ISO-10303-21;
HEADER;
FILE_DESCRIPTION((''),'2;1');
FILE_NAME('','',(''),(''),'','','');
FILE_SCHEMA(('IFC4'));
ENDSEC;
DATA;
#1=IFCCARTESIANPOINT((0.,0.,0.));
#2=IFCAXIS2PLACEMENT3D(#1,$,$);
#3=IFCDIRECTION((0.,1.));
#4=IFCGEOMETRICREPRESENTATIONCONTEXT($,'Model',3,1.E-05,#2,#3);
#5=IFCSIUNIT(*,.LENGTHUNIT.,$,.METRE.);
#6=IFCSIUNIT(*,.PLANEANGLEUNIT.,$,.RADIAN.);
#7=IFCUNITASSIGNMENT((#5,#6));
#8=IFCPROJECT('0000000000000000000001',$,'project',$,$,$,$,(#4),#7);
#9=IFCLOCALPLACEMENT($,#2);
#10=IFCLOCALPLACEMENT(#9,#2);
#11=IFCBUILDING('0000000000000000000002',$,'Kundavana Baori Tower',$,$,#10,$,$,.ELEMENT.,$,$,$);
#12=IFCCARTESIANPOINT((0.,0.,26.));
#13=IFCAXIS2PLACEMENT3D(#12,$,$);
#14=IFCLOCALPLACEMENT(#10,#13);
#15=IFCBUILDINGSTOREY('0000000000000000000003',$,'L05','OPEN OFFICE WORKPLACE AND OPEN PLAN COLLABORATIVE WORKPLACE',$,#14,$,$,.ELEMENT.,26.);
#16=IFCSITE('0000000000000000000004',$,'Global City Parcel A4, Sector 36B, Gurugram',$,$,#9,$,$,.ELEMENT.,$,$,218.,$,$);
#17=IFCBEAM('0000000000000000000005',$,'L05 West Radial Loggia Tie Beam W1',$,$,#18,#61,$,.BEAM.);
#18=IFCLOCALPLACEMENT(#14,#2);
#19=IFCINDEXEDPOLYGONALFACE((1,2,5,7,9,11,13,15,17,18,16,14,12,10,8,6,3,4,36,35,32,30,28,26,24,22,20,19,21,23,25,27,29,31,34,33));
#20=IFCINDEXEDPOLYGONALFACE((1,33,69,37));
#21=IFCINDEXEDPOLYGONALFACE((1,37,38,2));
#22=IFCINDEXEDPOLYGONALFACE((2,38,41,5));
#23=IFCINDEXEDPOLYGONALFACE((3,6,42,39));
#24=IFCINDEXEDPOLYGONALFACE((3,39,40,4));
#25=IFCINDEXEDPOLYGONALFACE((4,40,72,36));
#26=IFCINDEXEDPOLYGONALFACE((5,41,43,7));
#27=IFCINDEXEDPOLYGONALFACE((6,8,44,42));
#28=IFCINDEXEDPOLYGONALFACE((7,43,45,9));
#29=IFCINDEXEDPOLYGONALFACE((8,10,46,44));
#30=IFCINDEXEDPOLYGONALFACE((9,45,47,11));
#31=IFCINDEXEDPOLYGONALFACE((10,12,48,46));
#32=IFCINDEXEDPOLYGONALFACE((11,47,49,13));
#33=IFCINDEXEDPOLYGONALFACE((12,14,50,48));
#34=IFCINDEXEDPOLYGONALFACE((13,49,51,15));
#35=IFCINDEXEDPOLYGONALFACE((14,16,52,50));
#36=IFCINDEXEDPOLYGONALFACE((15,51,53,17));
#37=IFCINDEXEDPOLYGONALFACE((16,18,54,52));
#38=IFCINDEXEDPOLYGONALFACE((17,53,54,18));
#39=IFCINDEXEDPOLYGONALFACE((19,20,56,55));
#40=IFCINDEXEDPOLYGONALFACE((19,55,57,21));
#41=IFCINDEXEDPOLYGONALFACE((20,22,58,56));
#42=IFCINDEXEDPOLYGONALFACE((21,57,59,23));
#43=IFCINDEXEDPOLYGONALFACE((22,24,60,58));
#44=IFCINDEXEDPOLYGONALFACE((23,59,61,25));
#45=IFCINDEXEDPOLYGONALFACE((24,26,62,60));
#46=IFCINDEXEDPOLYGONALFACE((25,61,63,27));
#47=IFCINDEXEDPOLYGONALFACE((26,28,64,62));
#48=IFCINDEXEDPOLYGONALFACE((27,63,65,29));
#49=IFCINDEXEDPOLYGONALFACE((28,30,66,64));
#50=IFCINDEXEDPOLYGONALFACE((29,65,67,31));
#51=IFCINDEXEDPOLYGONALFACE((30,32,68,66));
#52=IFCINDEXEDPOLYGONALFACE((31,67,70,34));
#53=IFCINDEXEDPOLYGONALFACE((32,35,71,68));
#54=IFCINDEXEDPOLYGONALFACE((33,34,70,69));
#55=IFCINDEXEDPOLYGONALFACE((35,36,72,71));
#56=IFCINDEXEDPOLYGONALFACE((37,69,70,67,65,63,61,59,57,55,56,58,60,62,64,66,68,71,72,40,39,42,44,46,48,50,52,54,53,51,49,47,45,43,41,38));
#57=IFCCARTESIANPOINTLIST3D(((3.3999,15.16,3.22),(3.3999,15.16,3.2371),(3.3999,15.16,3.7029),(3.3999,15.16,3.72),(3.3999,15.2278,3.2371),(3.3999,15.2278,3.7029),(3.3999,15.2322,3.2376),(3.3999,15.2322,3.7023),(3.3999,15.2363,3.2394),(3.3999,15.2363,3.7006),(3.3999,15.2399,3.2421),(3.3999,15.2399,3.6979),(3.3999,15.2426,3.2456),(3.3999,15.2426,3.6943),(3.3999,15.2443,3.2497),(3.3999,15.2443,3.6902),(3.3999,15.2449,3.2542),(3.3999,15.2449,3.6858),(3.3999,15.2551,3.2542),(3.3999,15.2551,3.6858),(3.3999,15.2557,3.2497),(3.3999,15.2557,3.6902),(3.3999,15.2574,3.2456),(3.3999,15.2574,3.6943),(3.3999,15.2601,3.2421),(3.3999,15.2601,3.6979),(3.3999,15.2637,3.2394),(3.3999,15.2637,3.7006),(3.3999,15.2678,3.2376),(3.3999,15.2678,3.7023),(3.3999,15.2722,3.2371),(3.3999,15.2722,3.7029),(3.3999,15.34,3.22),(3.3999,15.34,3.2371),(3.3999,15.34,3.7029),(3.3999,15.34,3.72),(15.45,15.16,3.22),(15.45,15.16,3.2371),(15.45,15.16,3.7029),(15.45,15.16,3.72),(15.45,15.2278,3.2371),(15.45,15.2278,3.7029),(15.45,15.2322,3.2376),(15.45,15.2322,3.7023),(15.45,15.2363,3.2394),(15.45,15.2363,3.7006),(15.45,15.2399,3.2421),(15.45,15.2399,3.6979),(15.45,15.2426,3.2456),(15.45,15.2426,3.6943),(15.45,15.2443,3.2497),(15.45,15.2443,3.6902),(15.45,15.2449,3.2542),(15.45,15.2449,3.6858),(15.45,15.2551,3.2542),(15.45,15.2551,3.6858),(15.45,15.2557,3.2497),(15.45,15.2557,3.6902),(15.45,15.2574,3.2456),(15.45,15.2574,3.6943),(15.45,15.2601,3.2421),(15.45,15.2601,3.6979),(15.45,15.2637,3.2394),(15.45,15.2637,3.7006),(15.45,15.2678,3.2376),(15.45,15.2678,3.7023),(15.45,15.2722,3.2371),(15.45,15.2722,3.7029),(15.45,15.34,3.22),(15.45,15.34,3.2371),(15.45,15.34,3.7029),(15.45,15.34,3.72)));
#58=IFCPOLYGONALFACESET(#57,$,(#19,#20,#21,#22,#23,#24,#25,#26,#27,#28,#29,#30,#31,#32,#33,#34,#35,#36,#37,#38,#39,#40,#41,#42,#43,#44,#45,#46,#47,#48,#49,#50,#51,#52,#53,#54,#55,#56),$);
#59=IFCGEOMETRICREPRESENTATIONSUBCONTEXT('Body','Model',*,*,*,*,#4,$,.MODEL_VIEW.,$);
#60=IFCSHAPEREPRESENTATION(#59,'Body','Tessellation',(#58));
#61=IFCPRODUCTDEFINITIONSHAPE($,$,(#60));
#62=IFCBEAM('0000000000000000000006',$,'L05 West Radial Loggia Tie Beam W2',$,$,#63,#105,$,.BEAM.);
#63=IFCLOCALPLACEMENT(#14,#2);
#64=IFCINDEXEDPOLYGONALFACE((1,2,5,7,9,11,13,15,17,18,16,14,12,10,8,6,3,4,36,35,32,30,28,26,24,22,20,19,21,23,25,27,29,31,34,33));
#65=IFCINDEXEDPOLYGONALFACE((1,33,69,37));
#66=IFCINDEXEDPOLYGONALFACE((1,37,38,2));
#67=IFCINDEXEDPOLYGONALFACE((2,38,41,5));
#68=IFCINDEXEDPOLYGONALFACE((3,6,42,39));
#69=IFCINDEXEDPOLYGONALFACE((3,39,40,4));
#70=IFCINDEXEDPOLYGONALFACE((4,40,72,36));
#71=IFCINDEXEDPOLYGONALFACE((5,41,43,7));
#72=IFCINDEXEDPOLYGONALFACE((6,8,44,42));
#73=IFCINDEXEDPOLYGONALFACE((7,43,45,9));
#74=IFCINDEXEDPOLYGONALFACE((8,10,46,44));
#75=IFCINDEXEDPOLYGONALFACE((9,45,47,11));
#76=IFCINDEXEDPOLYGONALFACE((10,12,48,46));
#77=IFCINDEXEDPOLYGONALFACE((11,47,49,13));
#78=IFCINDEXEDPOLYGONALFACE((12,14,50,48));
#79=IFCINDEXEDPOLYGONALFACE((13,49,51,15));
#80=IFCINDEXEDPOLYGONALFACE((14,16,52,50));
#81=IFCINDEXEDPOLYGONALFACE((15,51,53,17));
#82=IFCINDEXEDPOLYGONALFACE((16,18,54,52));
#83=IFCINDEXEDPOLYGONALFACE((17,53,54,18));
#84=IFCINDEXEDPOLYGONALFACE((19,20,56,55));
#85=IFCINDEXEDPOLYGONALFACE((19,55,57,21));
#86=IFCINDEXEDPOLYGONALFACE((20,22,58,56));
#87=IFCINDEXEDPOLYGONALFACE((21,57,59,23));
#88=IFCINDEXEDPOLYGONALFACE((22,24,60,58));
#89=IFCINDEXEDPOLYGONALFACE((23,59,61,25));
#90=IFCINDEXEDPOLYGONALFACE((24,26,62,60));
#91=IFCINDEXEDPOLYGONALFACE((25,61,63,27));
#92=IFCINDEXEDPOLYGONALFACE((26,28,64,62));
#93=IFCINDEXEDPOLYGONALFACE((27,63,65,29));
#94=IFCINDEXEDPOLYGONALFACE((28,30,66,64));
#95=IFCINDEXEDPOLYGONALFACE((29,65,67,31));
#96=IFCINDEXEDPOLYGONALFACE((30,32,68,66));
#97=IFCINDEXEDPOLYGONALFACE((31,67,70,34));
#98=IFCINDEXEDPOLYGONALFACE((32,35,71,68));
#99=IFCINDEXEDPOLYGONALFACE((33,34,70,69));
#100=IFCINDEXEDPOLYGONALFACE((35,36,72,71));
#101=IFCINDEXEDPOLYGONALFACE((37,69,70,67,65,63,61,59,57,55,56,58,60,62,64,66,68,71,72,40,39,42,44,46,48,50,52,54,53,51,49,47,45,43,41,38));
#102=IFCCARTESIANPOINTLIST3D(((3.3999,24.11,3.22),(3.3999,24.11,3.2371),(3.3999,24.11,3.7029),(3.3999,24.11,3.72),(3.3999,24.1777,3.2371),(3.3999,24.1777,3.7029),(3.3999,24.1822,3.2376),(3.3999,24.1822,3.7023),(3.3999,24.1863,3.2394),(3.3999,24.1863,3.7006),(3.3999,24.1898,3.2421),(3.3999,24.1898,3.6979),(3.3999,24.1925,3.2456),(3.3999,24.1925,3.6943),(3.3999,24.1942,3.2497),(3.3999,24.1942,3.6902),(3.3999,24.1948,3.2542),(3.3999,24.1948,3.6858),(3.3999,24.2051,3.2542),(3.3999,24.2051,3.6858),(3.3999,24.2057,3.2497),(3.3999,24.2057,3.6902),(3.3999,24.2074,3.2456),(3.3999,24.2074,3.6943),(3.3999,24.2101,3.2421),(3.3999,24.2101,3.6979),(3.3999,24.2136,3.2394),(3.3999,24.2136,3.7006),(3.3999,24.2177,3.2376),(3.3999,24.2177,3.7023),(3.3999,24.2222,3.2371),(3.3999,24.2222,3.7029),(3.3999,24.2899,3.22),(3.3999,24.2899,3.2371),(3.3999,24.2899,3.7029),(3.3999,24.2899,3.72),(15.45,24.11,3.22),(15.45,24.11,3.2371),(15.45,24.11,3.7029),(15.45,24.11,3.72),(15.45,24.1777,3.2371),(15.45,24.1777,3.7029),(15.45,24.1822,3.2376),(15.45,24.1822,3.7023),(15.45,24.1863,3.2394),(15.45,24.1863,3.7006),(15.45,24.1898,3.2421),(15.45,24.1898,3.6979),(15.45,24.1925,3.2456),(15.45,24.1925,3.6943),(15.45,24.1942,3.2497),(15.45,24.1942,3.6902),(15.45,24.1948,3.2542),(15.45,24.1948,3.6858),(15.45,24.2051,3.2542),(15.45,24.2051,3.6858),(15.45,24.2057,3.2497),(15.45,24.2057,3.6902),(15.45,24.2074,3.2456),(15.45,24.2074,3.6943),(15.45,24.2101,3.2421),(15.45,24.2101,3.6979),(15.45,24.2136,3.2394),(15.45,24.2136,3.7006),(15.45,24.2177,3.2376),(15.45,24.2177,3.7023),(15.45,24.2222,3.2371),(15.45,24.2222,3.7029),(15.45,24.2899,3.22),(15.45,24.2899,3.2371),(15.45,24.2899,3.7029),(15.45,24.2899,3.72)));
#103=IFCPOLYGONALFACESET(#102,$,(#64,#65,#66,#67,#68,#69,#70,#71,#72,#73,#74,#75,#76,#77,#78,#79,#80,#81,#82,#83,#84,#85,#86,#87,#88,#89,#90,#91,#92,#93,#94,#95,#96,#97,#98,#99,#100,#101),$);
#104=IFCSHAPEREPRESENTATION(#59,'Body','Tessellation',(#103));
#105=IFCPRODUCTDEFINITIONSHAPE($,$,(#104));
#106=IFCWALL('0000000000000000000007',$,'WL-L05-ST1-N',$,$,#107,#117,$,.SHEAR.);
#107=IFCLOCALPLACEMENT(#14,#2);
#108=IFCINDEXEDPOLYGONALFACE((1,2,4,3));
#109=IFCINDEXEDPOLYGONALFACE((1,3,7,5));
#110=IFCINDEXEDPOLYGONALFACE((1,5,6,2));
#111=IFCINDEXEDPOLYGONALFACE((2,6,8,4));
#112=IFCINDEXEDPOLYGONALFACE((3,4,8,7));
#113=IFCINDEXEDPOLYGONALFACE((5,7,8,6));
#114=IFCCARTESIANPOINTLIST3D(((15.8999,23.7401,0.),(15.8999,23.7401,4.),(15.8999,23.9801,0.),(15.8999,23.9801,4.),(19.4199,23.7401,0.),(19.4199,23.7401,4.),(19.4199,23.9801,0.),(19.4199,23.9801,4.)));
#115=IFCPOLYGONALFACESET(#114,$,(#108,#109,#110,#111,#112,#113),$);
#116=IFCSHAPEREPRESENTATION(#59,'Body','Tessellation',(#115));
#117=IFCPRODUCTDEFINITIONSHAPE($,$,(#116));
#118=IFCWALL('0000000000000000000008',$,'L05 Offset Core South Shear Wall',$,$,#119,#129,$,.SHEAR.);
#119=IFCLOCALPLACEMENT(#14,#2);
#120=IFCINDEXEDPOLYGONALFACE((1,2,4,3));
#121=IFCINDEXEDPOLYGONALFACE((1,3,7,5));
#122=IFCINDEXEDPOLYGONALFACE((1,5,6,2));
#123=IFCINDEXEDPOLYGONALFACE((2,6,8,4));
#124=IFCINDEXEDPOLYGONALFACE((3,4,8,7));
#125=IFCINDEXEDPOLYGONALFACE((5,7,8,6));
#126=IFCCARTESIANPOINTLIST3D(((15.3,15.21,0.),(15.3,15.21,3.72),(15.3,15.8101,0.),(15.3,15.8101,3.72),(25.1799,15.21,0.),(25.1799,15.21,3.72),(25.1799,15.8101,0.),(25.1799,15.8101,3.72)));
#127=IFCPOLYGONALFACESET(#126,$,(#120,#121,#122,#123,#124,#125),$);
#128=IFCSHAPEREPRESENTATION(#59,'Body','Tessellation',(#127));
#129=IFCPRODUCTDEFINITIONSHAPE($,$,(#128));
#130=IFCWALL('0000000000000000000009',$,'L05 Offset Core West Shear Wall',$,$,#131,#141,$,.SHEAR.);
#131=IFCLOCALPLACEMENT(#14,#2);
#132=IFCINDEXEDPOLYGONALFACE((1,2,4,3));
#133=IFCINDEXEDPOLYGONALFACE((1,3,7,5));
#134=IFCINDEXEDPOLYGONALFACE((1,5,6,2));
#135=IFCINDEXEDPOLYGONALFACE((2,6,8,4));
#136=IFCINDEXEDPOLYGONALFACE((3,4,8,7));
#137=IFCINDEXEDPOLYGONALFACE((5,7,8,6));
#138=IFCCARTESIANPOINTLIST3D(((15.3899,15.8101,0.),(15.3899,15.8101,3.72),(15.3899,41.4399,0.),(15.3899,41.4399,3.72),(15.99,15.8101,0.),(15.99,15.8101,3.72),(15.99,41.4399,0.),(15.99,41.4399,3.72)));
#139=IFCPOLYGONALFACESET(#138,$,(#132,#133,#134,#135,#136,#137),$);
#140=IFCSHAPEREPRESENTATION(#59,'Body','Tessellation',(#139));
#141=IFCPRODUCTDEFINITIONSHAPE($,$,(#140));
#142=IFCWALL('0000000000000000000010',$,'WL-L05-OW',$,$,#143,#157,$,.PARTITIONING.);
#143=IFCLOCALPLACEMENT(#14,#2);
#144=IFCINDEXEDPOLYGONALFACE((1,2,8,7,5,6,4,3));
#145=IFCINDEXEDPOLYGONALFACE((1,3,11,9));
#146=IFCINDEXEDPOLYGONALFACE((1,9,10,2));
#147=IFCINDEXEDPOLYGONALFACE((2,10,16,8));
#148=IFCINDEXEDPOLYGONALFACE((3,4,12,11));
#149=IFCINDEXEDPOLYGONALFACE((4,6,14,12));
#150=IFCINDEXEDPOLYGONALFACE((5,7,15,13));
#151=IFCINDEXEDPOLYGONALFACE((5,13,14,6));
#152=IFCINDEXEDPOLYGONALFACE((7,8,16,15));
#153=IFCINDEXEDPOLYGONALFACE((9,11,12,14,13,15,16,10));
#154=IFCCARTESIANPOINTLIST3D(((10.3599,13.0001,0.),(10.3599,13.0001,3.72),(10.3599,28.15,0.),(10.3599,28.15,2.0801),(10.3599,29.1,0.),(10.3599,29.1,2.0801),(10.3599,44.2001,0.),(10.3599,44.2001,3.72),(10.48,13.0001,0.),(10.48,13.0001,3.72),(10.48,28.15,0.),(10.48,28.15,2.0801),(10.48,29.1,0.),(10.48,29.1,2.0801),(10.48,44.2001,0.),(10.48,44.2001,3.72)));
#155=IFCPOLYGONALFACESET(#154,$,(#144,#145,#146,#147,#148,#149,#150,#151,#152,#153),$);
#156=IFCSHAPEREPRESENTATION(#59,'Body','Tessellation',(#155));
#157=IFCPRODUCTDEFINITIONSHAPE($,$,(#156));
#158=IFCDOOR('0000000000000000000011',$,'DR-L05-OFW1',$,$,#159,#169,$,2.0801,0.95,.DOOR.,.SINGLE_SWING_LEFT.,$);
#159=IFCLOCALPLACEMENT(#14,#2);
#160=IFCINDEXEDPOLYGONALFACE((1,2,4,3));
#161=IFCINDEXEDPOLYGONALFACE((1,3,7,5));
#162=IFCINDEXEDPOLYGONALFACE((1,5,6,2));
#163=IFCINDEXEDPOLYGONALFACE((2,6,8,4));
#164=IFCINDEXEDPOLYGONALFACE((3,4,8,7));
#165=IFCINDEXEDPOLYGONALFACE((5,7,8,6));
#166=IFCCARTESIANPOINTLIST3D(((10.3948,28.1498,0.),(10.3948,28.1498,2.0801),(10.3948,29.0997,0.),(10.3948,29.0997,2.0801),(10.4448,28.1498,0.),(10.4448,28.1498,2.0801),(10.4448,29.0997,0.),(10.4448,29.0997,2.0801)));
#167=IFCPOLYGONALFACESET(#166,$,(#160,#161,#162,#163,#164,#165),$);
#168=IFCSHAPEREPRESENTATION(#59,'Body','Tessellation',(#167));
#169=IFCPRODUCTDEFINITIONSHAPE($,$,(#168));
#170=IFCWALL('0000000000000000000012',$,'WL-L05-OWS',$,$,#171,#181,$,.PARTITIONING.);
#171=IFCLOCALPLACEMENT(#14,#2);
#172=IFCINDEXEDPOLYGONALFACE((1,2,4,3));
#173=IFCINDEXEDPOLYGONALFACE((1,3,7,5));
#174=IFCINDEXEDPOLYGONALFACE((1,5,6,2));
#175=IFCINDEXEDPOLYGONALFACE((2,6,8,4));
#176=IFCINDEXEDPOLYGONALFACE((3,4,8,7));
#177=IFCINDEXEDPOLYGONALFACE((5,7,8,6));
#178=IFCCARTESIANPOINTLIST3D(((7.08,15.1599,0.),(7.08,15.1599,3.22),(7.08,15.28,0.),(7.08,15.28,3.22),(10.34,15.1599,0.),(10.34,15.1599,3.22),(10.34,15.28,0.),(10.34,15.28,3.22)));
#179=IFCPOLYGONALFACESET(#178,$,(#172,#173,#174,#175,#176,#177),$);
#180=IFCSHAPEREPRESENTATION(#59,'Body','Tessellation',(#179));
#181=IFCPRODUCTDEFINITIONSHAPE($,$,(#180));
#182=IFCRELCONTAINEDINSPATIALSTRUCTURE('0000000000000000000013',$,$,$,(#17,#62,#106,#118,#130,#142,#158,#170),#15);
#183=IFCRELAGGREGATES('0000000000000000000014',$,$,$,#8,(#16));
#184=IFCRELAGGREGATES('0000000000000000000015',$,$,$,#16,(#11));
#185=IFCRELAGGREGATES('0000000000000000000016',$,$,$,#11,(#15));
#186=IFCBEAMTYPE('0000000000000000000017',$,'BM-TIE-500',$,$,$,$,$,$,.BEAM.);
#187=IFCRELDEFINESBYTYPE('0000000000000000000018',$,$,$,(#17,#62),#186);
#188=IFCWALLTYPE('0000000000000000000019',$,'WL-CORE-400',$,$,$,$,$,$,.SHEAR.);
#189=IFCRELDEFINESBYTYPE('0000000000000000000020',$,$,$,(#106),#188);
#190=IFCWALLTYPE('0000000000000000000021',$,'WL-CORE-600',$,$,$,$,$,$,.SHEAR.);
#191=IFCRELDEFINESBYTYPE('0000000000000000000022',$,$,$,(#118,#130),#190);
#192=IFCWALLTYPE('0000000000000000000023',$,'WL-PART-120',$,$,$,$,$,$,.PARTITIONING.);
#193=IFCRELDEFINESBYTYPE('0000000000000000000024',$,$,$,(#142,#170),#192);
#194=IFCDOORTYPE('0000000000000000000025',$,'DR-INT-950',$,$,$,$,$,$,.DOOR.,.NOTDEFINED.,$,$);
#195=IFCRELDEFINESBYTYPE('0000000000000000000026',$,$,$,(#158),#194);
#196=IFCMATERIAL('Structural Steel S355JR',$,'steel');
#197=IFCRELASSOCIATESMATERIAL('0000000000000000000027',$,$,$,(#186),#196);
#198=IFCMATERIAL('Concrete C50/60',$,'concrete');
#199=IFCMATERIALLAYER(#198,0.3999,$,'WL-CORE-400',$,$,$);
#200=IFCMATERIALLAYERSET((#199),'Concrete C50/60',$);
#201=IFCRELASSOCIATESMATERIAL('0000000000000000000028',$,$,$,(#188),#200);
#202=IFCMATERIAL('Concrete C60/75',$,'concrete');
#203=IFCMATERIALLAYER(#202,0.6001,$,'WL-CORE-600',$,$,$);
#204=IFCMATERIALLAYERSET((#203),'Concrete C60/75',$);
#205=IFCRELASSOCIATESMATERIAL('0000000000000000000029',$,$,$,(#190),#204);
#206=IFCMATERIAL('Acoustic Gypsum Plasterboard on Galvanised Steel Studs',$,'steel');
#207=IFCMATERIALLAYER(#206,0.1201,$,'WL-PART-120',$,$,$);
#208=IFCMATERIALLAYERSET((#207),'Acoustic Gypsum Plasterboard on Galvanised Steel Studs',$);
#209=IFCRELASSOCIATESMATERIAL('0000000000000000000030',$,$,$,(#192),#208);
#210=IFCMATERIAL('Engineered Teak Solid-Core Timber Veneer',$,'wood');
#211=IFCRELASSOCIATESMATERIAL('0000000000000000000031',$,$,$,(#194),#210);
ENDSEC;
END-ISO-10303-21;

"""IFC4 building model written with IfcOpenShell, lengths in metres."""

from ifc_helpers import new_model, si_unit, direction, frame, frame_2d, origin, origin_2d, place, context, subcontext, project, spatial, rectangle, i_section, extrude, material, layer, layer_set, material_profile, profile_set, type_object, element, fill, save


model = new_model("IFC4")

# Units and contexts
model_context = context("Model", 3, precision=1e-05, world=origin(), true_north=direction((0.0, 1.0)))
body_context = subcontext(model_context, "Body", "Model", "MODEL_VIEW")
ifc_project = project(units=[si_unit("LENGTHUNIT", "METRE"), si_unit("PLANEANGLEUNIT", "RADIAN")], contexts=[model_context])

# Site, building, storey
site_placement = place(None, origin())
site = spatial("IfcSite", under=ifc_project, at=site_placement, Name="Global City Parcel A4, Sector 36B, Gurugram", CompositionType="ELEMENT", RefElevation=218.0)
building_placement = place(site_placement, origin())
building = spatial("IfcBuilding", under=site, at=building_placement, Name="Kundavana Baori Tower", CompositionType="ELEMENT")
storey_placement = place(building_placement, frame((0.0, 0.0, 26.0)))
storey = spatial("IfcBuildingStorey", under=building, at=storey_placement, Name="L05", Description="OPEN OFFICE WORKPLACE AND OPEN PLAN COLLABORATIVE WORKPLACE", CompositionType="ELEMENT", Elevation=26.0)

# Beams
ifc_material_1 = material(Name="Structural Steel S355JR", Category="steel")
ifc_material_profile_1 = material_profile(ifc_material_1, i_section(OverallWidth=0.1799, OverallDepth=0.5, WebThickness=0.0103, FlangeThickness=0.0171, FilletRadius=0.0171, at=origin_2d()), Name="ISMB 500")
ifc_profile_set_1 = profile_set([ifc_material_profile_1], Name="Structural Steel S355JR")
beam_type_1 = type_object("IfcBeamType", Name="BM-TIE-500", PredefinedType="BEAM", material=ifc_profile_set_1)
for number, where, z_axis, x_axis, name in (
    (1, (15.45, 15.25, 3.47), (-1.0, 0.0, 0.0), (0.0, -1.0, 0.0), "L05 West Radial Loggia Tie Beam W1"),
    (2, (15.45, 24.2, 3.47), (-1.0, 0.0, 0.0), (0.0, -1.0, 0.0), "L05 West Radial Loggia Tie Beam W2"),
):
    element("IfcBeam", number, at=place(storey_placement, frame(where, z_axis=z_axis, x_axis=x_axis)), inside=storey, type_object=beam_type_1, Name=name, PredefinedType="BEAM", context=body_context, shape_type="SweptSolid", body=[
        extrude(i_section(OverallWidth=0.1799, OverallDepth=0.5, WebThickness=0.0103, FlangeThickness=0.0171, FilletRadius=0.0171, at=origin_2d()), origin(), (0.0, 0.0, 1.0), 12.05),
    ])

# Walls
ifc_material_2 = material(Name="Concrete C50/60", Category="concrete")
ifc_layer_1 = layer(ifc_material_2, 0.3999, Name="WL-CORE-400")
ifc_layer_set_1 = layer_set([ifc_layer_1], Name="Concrete C50/60")
wall_type_1 = type_object("IfcWallType", Name="WL-CORE-400", PredefinedType="SHEAR", material=ifc_layer_set_1)
wall_1_placement = place(storey_placement, frame((15.8999, 23.8601, 0.0), z_axis=(0.0, 0.0, 1.0), x_axis=(1.0, 0.0, 0.0)))
element("IfcWall", 3, at=wall_1_placement, inside=storey, type_object=wall_type_1, Name="WL-L05-ST1-N", PredefinedType="SHEAR", context=body_context, shape_type="SweptSolid", body=[
    extrude(rectangle(XDim=3.52, YDim=0.24, at=frame_2d((1.76, 0.0))), origin(), (0.0, 0.0, 1.0), 4.0),
])
ifc_material_3 = material(Name="Concrete C60/75", Category="concrete")
ifc_layer_2 = layer(ifc_material_3, 0.6001, Name="WL-CORE-600")
ifc_layer_set_2 = layer_set([ifc_layer_2], Name="Concrete C60/75")
wall_type_2 = type_object("IfcWallType", Name="WL-CORE-600", PredefinedType="SHEAR", material=ifc_layer_set_2)
wall_2_placement = place(storey_placement, frame((15.3, 15.51, 0.0), z_axis=(0.0, 0.0, 1.0), x_axis=(1.0, 0.0, 0.0)))
element("IfcWall", 4, at=wall_2_placement, inside=storey, type_object=wall_type_2, Name="L05 Offset Core South Shear Wall", PredefinedType="SHEAR", context=body_context, shape_type="SweptSolid", body=[
    extrude(rectangle(XDim=9.8799, YDim=0.6001, at=frame_2d((4.9399, 0.0))), origin(), (0.0, 0.0, 1.0), 3.72),
])
wall_3_placement = place(storey_placement, frame((15.6899, 15.8101, 0.0), z_axis=(0.0, 0.0, 1.0), x_axis=(0.0, 1.0, 0.0)))
element("IfcWall", 5, at=wall_3_placement, inside=storey, type_object=wall_type_2, Name="L05 Offset Core West Shear Wall", PredefinedType="SHEAR", context=body_context, shape_type="SweptSolid", body=[
    extrude(rectangle(XDim=25.6299, YDim=0.6001, at=frame_2d((12.8149, 0.0))), origin(), (0.0, 0.0, 1.0), 3.72),
])

# Wall, opening, door
ifc_material_4 = material(Name="Acoustic Gypsum Plasterboard on Galvanised Steel Studs", Category="steel")
ifc_layer_3 = layer(ifc_material_4, 0.1201, Name="WL-PART-120")
ifc_layer_set_3 = layer_set([ifc_layer_3], Name="Acoustic Gypsum Plasterboard on Galvanised Steel Studs")
wall_type_3 = type_object("IfcWallType", Name="WL-PART-120", PredefinedType="PARTITIONING", material=ifc_layer_set_3)
wall_4_placement = place(storey_placement, frame((10.4199, 13.0, 0.0), z_axis=(0.0, 0.0, 1.0), x_axis=(0.0, 1.0, 0.0)))
wall_4 = element("IfcWall", 6, at=wall_4_placement, inside=storey, type_object=wall_type_3, Name="WL-L05-OW", PredefinedType="PARTITIONING", context=body_context, shape_type="SweptSolid", body=[
    extrude(rectangle(XDim=31.2, YDim=0.1201, at=frame_2d((15.6001, 0.0))), origin(), (0.0, 0.0, 1.0), 3.72),
])
opening_1_placement = place(wall_4_placement, frame((15.1499, 0.0, 0.0)))
opening_1 = element("IfcOpeningElement", 7, at=opening_1_placement, cuts=wall_4, PredefinedType="OPENING", context=body_context, shape_type="SweptSolid", body=[
    extrude(rectangle(XDim=0.95, YDim=2.0801, at=frame_2d((0.4751, 1.04))), frame((0.0, 0.0701, 0.0), z_axis=(0.0, -1.0, 0.0), x_axis=(1.0, 0.0, 0.0)), (0.0, 0.0, 1.0), 0.1401),
])
ifc_material_5 = material(Name="Engineered Teak Solid-Core Timber Veneer", Category="wood")
door_type_1 = type_object("IfcDoorType", Name="DR-INT-950", OperationType="NOTDEFINED", PredefinedType="DOOR", material=ifc_material_5)
door_1_placement = place(opening_1_placement, frame((0.95, 0.0, 0.0), z_axis=(0.0, 0.0, 1.0), x_axis=(-1.0, 0.0, 0.0)))
door_1 = element("IfcDoor", 8, at=door_1_placement, inside=storey, type_object=door_type_1, Name="DR-L05-OFW1", OperationType="SINGLE_SWING_LEFT", OverallHeight=2.0801, OverallWidth=0.95, PredefinedType="DOOR", context=body_context, shape_type="SweptSolid", body=[
    extrude(rectangle(XDim=0.95, YDim=2.0801, at=frame_2d((0.4751, 1.04))), frame((0.0, 0.0249, 0.0), z_axis=(0.0, -1.0, 0.0), x_axis=(1.0, 0.0, 0.0)), (0.0, 0.0, 1.0), 0.05),
])
fill(opening_1, door_1)

# Wall
wall_5_placement = place(storey_placement, frame((7.0801, 15.22, 0.0), z_axis=(0.0, 0.0, 1.0), x_axis=(1.0, 0.0, 0.0)))
element("IfcWall", 9, at=wall_5_placement, inside=storey, type_object=wall_type_3, Name="WL-L05-OWS", PredefinedType="PARTITIONING", context=body_context, shape_type="SweptSolid", body=[
    extrude(rectangle(XDim=3.26, YDim=0.1201, at=frame_2d((1.6299, 0.0))), origin(), (0.0, 0.0, 1.0), 3.22),
])

save(model, "model.ifc")
